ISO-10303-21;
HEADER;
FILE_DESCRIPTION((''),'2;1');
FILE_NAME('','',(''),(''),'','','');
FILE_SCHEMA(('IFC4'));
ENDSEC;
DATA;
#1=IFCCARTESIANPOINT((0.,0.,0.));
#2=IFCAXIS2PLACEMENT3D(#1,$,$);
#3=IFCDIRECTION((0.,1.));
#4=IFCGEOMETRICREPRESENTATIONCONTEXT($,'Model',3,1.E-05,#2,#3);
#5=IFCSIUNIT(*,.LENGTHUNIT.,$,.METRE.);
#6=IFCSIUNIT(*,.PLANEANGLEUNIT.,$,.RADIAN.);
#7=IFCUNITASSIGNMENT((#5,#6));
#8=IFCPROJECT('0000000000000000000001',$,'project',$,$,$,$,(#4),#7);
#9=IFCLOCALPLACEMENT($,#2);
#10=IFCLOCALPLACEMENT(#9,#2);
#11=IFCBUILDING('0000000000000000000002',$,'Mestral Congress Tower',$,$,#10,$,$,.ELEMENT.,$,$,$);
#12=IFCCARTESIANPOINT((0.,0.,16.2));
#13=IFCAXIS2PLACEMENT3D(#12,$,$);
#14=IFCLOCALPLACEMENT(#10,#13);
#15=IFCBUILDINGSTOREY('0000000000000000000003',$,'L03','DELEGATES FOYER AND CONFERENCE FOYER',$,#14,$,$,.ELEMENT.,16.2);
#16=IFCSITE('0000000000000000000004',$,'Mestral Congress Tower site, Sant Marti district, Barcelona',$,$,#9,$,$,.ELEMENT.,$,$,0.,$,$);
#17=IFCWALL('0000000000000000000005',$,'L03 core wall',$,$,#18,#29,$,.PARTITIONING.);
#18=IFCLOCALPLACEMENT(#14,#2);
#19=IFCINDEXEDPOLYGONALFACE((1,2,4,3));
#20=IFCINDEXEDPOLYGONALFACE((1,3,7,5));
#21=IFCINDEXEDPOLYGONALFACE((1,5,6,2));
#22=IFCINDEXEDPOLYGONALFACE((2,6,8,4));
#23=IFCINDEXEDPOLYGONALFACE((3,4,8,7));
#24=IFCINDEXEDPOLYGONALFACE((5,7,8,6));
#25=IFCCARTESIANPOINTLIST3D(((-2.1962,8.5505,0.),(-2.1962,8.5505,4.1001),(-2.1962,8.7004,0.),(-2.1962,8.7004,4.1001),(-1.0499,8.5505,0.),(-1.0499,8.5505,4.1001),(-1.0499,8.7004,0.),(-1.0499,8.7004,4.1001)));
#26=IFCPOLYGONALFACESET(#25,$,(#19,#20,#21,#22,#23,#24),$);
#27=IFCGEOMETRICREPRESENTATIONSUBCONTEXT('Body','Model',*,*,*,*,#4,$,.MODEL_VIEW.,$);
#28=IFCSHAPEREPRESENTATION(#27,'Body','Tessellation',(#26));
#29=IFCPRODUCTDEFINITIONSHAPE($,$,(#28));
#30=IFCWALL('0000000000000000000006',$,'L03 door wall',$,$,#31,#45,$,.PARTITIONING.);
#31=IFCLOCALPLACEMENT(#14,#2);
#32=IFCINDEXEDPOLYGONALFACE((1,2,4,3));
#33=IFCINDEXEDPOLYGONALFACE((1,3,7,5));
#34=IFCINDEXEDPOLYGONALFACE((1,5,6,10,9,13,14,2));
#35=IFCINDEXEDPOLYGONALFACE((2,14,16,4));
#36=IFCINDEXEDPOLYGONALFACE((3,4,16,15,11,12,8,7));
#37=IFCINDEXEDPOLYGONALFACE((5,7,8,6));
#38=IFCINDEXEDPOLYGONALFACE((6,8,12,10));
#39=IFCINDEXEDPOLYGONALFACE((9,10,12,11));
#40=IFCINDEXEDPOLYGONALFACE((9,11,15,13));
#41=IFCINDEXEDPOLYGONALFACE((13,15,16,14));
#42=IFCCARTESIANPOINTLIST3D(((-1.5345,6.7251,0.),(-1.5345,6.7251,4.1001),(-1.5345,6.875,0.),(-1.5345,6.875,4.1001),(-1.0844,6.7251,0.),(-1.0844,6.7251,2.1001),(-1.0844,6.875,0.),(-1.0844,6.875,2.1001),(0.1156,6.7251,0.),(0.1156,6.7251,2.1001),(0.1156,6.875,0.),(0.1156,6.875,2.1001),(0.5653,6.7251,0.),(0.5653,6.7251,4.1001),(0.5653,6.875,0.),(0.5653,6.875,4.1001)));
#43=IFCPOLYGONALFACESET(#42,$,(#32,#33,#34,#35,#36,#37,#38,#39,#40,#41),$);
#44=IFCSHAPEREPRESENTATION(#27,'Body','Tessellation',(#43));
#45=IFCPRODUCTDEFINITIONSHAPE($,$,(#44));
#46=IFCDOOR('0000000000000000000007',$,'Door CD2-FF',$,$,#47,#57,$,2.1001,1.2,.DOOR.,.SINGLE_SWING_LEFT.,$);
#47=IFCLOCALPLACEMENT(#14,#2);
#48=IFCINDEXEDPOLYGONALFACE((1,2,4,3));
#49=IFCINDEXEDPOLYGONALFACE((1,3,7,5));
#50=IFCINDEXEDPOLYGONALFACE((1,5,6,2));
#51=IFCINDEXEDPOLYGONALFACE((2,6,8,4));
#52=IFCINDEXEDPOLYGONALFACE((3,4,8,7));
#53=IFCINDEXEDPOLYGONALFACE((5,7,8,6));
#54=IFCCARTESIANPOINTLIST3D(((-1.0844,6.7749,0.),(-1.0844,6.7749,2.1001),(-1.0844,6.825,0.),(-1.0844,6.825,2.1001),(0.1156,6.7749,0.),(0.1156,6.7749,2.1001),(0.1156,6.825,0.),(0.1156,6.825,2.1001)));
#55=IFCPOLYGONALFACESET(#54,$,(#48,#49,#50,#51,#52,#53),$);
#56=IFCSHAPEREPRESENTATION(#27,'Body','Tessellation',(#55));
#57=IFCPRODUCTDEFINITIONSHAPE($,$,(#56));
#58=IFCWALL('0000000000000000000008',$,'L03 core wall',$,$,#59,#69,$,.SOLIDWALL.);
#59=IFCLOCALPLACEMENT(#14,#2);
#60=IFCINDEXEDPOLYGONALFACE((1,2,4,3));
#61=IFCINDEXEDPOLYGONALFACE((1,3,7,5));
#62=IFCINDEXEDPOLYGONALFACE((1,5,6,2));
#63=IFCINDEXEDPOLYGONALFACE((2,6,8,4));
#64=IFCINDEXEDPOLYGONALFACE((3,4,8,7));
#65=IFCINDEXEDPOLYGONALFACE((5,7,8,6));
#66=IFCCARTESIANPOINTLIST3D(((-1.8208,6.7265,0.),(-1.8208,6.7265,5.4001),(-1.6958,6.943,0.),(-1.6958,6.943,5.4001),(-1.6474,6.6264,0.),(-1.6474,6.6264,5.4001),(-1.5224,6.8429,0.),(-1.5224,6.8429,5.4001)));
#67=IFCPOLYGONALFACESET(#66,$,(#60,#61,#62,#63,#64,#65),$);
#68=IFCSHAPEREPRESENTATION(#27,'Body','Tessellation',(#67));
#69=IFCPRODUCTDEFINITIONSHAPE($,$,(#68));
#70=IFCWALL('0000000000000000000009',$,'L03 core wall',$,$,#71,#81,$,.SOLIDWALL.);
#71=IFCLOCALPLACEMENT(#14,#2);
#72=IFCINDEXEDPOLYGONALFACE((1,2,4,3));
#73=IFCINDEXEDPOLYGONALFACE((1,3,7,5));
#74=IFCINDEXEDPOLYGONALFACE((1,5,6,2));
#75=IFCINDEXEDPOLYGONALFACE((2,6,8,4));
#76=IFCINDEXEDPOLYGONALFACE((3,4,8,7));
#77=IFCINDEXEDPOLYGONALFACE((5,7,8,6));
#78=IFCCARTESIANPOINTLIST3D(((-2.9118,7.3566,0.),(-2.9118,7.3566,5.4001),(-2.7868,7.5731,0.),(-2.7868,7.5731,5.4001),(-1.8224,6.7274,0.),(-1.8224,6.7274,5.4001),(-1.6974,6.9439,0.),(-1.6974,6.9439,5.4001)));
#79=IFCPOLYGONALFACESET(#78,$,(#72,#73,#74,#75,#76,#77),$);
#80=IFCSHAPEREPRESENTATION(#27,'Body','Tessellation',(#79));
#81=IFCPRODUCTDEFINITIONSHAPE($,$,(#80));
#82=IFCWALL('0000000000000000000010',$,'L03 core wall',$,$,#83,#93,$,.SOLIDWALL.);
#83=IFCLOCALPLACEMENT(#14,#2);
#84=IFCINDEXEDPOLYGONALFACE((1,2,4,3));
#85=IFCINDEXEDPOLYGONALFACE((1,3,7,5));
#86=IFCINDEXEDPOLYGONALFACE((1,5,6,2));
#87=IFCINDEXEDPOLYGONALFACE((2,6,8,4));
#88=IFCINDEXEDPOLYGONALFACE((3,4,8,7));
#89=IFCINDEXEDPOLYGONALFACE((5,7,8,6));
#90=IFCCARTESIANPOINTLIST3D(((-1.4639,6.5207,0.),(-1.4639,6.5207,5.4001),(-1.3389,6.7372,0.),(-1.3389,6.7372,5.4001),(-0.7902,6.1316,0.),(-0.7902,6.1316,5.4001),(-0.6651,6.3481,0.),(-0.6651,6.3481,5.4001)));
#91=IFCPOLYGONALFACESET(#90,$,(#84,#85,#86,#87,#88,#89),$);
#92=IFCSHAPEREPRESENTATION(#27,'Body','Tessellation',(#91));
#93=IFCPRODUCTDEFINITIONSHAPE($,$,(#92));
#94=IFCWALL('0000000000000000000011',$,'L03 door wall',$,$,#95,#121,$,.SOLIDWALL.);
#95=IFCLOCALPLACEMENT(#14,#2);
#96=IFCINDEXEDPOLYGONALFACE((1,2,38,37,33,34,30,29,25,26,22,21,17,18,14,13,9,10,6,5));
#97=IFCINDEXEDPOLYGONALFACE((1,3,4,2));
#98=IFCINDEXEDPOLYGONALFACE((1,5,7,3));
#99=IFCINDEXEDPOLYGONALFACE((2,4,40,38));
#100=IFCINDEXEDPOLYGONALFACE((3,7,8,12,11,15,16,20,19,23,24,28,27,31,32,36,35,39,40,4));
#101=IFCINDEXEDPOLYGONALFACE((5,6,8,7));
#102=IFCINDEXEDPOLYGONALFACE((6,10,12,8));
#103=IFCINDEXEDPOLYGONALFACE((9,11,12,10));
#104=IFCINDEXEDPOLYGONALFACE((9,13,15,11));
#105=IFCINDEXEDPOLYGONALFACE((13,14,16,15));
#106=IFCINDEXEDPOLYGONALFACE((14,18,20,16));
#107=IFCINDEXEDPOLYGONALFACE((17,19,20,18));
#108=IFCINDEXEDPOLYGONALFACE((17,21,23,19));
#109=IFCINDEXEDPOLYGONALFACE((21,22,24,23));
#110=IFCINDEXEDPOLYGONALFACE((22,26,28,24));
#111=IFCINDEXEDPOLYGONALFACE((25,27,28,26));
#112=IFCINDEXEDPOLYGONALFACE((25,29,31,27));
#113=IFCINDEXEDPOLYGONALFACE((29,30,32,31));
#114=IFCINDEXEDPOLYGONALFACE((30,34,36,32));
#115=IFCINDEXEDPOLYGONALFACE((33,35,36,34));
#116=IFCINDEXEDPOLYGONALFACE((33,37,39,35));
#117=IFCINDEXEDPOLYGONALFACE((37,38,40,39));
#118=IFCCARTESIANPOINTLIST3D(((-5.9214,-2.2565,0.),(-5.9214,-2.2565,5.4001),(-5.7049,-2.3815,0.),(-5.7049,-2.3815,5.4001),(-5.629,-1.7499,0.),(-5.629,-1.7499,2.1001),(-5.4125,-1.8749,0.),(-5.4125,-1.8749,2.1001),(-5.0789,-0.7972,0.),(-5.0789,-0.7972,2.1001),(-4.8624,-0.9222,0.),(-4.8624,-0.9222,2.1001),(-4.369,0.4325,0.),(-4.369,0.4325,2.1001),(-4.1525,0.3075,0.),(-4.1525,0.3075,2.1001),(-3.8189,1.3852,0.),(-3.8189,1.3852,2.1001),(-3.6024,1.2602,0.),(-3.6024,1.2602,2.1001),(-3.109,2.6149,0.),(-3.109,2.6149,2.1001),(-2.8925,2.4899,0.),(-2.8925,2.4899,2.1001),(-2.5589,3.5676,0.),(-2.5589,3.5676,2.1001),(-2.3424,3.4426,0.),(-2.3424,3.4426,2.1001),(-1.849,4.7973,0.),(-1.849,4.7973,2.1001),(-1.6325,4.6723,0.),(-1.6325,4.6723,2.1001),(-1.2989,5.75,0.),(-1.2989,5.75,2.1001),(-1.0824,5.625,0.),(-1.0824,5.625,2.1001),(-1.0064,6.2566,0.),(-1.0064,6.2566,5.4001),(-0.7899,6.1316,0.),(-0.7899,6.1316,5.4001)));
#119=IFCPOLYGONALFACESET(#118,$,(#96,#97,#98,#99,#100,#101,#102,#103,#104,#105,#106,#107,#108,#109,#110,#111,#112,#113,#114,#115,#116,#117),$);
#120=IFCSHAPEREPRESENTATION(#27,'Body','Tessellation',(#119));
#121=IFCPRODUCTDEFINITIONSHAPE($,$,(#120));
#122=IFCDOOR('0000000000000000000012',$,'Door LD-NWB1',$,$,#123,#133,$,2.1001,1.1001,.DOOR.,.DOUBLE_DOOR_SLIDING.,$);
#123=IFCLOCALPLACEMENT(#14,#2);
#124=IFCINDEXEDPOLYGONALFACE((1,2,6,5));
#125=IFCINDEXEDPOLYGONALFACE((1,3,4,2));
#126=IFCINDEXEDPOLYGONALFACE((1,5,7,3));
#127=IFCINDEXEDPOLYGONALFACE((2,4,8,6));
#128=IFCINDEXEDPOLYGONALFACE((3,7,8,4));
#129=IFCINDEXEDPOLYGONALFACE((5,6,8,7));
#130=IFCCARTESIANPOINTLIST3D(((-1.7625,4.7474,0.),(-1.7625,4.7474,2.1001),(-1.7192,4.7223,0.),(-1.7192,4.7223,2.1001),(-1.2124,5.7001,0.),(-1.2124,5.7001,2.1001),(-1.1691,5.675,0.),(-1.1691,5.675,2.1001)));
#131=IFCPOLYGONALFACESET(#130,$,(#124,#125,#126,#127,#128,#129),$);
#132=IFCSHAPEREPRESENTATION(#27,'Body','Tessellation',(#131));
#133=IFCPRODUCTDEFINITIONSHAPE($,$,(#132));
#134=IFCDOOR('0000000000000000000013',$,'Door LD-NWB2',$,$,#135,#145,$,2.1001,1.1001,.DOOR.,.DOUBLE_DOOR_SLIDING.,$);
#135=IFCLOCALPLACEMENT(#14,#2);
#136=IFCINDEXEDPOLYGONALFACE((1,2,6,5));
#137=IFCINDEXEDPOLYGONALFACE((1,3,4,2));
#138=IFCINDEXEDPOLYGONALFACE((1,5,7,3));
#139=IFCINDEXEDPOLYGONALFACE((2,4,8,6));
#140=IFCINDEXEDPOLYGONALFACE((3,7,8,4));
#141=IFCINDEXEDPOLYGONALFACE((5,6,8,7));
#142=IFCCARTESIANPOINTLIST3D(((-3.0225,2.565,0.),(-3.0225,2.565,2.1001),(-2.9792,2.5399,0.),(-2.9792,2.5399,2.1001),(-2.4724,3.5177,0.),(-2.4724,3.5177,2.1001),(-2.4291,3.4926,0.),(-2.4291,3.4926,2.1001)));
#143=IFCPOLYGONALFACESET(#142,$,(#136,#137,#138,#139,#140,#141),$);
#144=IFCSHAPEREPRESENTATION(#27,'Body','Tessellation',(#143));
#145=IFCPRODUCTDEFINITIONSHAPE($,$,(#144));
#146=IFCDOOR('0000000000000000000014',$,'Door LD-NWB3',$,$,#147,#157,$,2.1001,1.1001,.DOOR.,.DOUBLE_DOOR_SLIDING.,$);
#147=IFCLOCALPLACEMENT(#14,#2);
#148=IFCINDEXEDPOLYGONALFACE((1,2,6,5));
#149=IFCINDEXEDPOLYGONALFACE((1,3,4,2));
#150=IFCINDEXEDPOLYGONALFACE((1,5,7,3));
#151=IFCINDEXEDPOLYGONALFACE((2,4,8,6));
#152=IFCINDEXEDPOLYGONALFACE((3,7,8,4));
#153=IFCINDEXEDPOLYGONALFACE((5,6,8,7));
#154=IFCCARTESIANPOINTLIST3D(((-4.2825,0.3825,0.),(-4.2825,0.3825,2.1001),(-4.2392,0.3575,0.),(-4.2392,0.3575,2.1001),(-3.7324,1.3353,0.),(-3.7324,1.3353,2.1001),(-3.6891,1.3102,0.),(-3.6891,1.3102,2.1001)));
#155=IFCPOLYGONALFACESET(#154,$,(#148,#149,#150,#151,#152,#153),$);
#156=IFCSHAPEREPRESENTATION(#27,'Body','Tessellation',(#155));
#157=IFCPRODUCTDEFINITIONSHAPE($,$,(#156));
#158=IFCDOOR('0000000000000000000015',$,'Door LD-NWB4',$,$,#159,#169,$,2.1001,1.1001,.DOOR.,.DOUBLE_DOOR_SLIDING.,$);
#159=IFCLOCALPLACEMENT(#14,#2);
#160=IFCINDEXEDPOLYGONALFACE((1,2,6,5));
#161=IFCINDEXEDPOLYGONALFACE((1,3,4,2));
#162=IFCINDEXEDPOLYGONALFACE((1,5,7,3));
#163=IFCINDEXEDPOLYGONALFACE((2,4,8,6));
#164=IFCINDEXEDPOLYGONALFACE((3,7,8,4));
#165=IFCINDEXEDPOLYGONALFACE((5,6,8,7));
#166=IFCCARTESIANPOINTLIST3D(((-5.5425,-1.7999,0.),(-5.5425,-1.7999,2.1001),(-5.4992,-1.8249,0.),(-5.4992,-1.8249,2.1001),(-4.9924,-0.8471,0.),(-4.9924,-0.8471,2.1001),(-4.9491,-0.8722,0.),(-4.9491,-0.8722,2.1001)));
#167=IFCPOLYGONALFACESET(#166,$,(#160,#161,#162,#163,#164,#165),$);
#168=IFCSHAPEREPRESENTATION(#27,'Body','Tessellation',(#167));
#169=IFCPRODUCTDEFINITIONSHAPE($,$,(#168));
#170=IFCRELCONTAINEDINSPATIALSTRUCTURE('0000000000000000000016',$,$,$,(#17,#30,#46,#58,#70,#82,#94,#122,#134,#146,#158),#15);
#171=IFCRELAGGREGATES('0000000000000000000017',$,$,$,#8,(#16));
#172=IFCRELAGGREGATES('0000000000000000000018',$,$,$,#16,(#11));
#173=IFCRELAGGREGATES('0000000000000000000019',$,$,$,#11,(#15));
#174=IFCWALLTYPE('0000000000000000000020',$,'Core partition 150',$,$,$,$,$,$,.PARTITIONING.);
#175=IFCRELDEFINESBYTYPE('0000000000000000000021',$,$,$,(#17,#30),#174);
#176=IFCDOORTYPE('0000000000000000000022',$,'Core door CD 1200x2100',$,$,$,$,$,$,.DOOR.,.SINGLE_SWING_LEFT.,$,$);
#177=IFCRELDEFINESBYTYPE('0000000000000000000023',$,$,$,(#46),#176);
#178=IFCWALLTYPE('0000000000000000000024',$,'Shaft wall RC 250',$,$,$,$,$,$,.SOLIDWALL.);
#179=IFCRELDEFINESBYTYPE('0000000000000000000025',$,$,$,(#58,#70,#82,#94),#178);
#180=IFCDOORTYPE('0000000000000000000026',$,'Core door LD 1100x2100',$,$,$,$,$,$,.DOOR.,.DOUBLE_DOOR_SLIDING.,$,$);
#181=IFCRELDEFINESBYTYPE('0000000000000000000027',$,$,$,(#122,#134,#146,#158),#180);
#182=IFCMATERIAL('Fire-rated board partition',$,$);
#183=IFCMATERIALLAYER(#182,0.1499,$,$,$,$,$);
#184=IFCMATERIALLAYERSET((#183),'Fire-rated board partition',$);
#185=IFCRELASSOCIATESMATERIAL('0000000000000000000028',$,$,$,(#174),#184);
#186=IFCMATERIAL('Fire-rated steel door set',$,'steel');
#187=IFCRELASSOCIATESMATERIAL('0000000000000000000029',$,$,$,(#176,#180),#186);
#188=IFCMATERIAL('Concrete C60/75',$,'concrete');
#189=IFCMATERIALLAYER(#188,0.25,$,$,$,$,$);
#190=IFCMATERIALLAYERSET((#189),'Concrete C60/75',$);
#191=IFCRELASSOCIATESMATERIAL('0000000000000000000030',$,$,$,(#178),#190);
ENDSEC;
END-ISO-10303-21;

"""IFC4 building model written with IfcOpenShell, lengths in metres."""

from ifc_helpers import new_model, si_unit, direction, frame, frame_2d, origin, place, context, subcontext, project, spatial, rectangle, extrude, material, layer, layer_set, type_object, element, fill, save


model = new_model("IFC4")

# Units and contexts
model_context = context("Model", 3, precision=1e-05, world=origin(), true_north=direction((0.0, 1.0)))
body_context = subcontext(model_context, "Body", "Model", "MODEL_VIEW")
ifc_project = project(units=[si_unit("LENGTHUNIT", "METRE"), si_unit("PLANEANGLEUNIT", "RADIAN")], contexts=[model_context])

# Site, building, storey
site_placement = place(None, origin())
site = spatial("IfcSite", under=ifc_project, at=site_placement, Name="Mestral Congress Tower site, Sant Marti district, Barcelona", CompositionType="ELEMENT", RefElevation=0.0)
building_placement = place(site_placement, origin())
building = spatial("IfcBuilding", under=site, at=building_placement, Name="Mestral Congress Tower", CompositionType="ELEMENT")
storey_placement = place(building_placement, frame((0.0, 0.0, 16.2)))
storey = spatial("IfcBuildingStorey", under=building, at=storey_placement, Name="L03", Description="DELEGATES FOYER AND CONFERENCE FOYER", CompositionType="ELEMENT", Elevation=16.2)

# Wall
ifc_material_1 = material(Name="Fire-rated board partition")
ifc_layer_1 = layer(ifc_material_1, 0.1499)
ifc_layer_set_1 = layer_set([ifc_layer_1], Name="Fire-rated board partition")
wall_type_1 = type_object("IfcWallType", Name="Core partition 150", PredefinedType="PARTITIONING", material=ifc_layer_set_1)
wall_1_placement = place(storey_placement, frame((-2.1963, 8.6255, 0.0), z_axis=(0.0, 0.0, 1.0), x_axis=(1.0, 0.0, 0.0)))
element("IfcWall", 1, at=wall_1_placement, inside=storey, type_object=wall_type_1, Name="L03 core wall", PredefinedType="PARTITIONING", context=body_context, shape_type="SweptSolid", body=[
    extrude(rectangle(XDim=1.1462, YDim=0.1499, at=frame_2d((0.5732, 0.0))), origin(), (0.0, 0.0, 1.0), 4.1001),
])

# Wall, opening, door
wall_2_placement = place(storey_placement, frame((-1.5344, 6.8, 0.0), z_axis=(0.0, 0.0, 1.0), x_axis=(1.0, 0.0, 0.0)))
wall_2 = element("IfcWall", 2, at=wall_2_placement, inside=storey, type_object=wall_type_1, Name="L03 door wall", PredefinedType="PARTITIONING", context=body_context, shape_type="SweptSolid", body=[
    extrude(rectangle(XDim=2.0999, YDim=0.1499, at=frame_2d((1.0498, 0.0))), origin(), (0.0, 0.0, 1.0), 4.1001),
])
opening_1_placement = place(wall_2_placement, frame((0.45, 0.0, 0.0)))
opening_1 = element("IfcOpeningElement", 3, at=opening_1_placement, cuts=wall_2, PredefinedType="OPENING", context=body_context, shape_type="SweptSolid", body=[
    extrude(rectangle(XDim=1.2, YDim=2.1001, at=frame_2d((0.6001, 1.05))), frame((0.0, 0.085, 0.0), z_axis=(0.0, -1.0, 0.0), x_axis=(1.0, 0.0, 0.0)), (0.0, 0.0, 1.0), 0.1699),
])
ifc_material_2 = material(Name="Fire-rated steel door set", Category="steel")
door_type_1 = type_object("IfcDoorType", Name="Core door CD 1200x2100", OperationType="SINGLE_SWING_LEFT", PredefinedType="DOOR", material=ifc_material_2)
door_1_placement = place(opening_1_placement, origin())
door_1 = element("IfcDoor", 4, at=door_1_placement, inside=storey, type_object=door_type_1, Name="Door CD2-FF", OperationType="SINGLE_SWING_LEFT", OverallHeight=2.1001, OverallWidth=1.2, PredefinedType="DOOR", context=body_context, shape_type="SweptSolid", body=[
    extrude(rectangle(XDim=1.2, YDim=2.1001, at=frame_2d((0.6001, 1.05))), frame((0.0, 0.0249, 0.0), z_axis=(0.0, -1.0, 0.0), x_axis=(1.0, 0.0, 0.0)), (0.0, 0.0, 1.0), 0.05),
])
fill(opening_1, door_1)

# Walls
ifc_material_3 = material(Name="Concrete C60/75", Category="concrete")
ifc_layer_2 = layer(ifc_material_3, 0.25)
ifc_layer_set_2 = layer_set([ifc_layer_2], Name="Concrete C60/75")
wall_type_2 = type_object("IfcWallType", Name="Shaft wall RC 250", PredefinedType="SOLIDWALL", material=ifc_layer_set_2)
wall_3_placement = place(storey_placement, frame((-1.7583, 6.8347, 0.0), z_axis=(0.0, 0.0, 1.0), x_axis=(0.865982, -0.500074, 0.0)))
element("IfcWall", 5, at=wall_3_placement, inside=storey, type_object=wall_type_2, Name="L03 core wall", PredefinedType="SOLIDWALL", context=body_context, shape_type="SweptSolid", body=[
    extrude(rectangle(XDim=0.2002, YDim=0.25, at=frame_2d((0.1001, 0.0))), origin(), (0.0, 0.0, 1.0), 5.4001),
])
wall_4_placement = place(storey_placement, frame((-1.76, 6.8357, 0.0), z_axis=(0.0, 0.0, 1.0), x_axis=(-0.865953, 0.500126, 0.0)))
element("IfcWall", 6, at=wall_4_placement, inside=storey, type_object=wall_type_2, Name="L03 core wall", PredefinedType="SOLIDWALL", context=body_context, shape_type="SweptSolid", body=[
    extrude(rectangle(XDim=1.2581, YDim=0.25, at=frame_2d((0.6289, 0.0))), origin(), (0.0, 0.0, 1.0), 5.4001),
])
wall_5_placement = place(storey_placement, frame((-0.7275, 6.2397, 0.0), z_axis=(0.0, 0.0, 1.0), x_axis=(-0.865956, 0.500121, 0.0)))
element("IfcWall", 7, at=wall_5_placement, inside=storey, type_object=wall_type_2, Name="L03 core wall", PredefinedType="SOLIDWALL", context=body_context, shape_type="SweptSolid", body=[
    extrude(rectangle(XDim=0.7781, YDim=0.25, at=frame_2d((0.3892, 0.0))), origin(), (0.0, 0.0, 1.0), 5.4001),
])

# Wall, openings, doors
wall_6_placement = place(storey_placement, frame((-0.8982, 6.1941, 0.0), z_axis=(0.0, 0.0, 1.0), x_axis=(-0.499996, -0.866028, 0.0)))
wall_6 = element("IfcWall", 8, at=wall_6_placement, inside=storey, type_object=wall_type_2, Name="L03 door wall", PredefinedType="SOLIDWALL", context=body_context, shape_type="SweptSolid", body=[
    extrude(rectangle(XDim=9.8301, YDim=0.25, at=frame_2d((4.915, 0.0))), origin(), (0.0, 0.0, 1.0), 5.4001),
])
opening_2_placement = place(wall_6_placement, frame((0.585, 0.0, 0.0)))
opening_2 = element("IfcOpeningElement", 9, at=opening_2_placement, cuts=wall_6, PredefinedType="OPENING", context=body_context, shape_type="SweptSolid", body=[
    extrude(rectangle(XDim=1.1001, YDim=2.1001, at=frame_2d((0.55, 1.05))), frame((0.0, 0.135, 0.0), z_axis=(0.0, -1.0, 0.0), x_axis=(1.0, 0.0, 0.0)), (0.0, 0.0, 1.0), 0.27),
])
opening_3_placement = place(wall_6_placement, frame((3.105, 0.0, 0.0)))
opening_3 = element("IfcOpeningElement", 10, at=opening_3_placement, cuts=wall_6, PredefinedType="OPENING", context=body_context, shape_type="SweptSolid", body=[
    extrude(rectangle(XDim=1.1001, YDim=2.1001, at=frame_2d((0.55, 1.05))), frame((0.0, 0.135, 0.0), z_axis=(0.0, -1.0, 0.0), x_axis=(1.0, 0.0, 0.0)), (0.0, 0.0, 1.0), 0.27),
])
opening_4_placement = place(wall_6_placement, frame((5.625, 0.0, 0.0)))
opening_4 = element("IfcOpeningElement", 11, at=opening_4_placement, cuts=wall_6, PredefinedType="OPENING", context=body_context, shape_type="SweptSolid", body=[
    extrude(rectangle(XDim=1.1001, YDim=2.1001, at=frame_2d((0.55, 1.05))), frame((0.0, 0.135, 0.0), z_axis=(0.0, -1.0, 0.0), x_axis=(1.0, 0.0, 0.0)), (0.0, 0.0, 1.0), 0.27),
])
opening_5_placement = place(wall_6_placement, frame((8.145, 0.0, 0.0)))
opening_5 = element("IfcOpeningElement", 12, at=opening_5_placement, cuts=wall_6, PredefinedType="OPENING", context=body_context, shape_type="SweptSolid", body=[
    extrude(rectangle(XDim=1.1001, YDim=2.1001, at=frame_2d((0.55, 1.05))), frame((0.0, 0.135, 0.0), z_axis=(0.0, -1.0, 0.0), x_axis=(1.0, 0.0, 0.0)), (0.0, 0.0, 1.0), 0.27),
])
door_type_2 = type_object("IfcDoorType", Name="Core door LD 1100x2100", OperationType="DOUBLE_DOOR_SLIDING", PredefinedType="DOOR", material=ifc_material_2)
door_2_placement = place(opening_2_placement, origin())
door_2 = element("IfcDoor", 13, at=door_2_placement, inside=storey, type_object=door_type_2, Name="Door LD-NWB1", OperationType="DOUBLE_DOOR_SLIDING", OverallHeight=2.1001, OverallWidth=1.1001, PredefinedType="DOOR", context=body_context, shape_type="SweptSolid", body=[
    extrude(rectangle(XDim=1.1001, YDim=2.1001, at=frame_2d((0.55, 1.05))), frame((0.0, 0.0249, 0.0), z_axis=(0.0, -1.0, 0.0), x_axis=(1.0, 0.0, 0.0)), (0.0, 0.0, 1.0), 0.05),
])
fill(opening_2, door_2)
door_3_placement = place(opening_3_placement, origin())
door_3 = element("IfcDoor", 14, at=door_3_placement, inside=storey, type_object=door_type_2, Name="Door LD-NWB2", OperationType="DOUBLE_DOOR_SLIDING", OverallHeight=2.1001, OverallWidth=1.1001, PredefinedType="DOOR", context=body_context, shape_type="SweptSolid", body=[
    extrude(rectangle(XDim=1.1001, YDim=2.1001, at=frame_2d((0.55, 1.05))), frame((0.0, 0.0249, 0.0), z_axis=(0.0, -1.0, 0.0), x_axis=(1.0, 0.0, 0.0)), (0.0, 0.0, 1.0), 0.05),
])
fill(opening_3, door_3)
door_4_placement = place(opening_4_placement, origin())
door_4 = element("IfcDoor", 15, at=door_4_placement, inside=storey, type_object=door_type_2, Name="Door LD-NWB3", OperationType="DOUBLE_DOOR_SLIDING", OverallHeight=2.1001, OverallWidth=1.1001, PredefinedType="DOOR", context=body_context, shape_type="SweptSolid", body=[
    extrude(rectangle(XDim=1.1001, YDim=2.1001, at=frame_2d((0.55, 1.05))), frame((0.0, 0.0249, 0.0), z_axis=(0.0, -1.0, 0.0), x_axis=(1.0, 0.0, 0.0)), (0.0, 0.0, 1.0), 0.05),
])
fill(opening_4, door_4)
door_5_placement = place(opening_5_placement, origin())
door_5 = element("IfcDoor", 16, at=door_5_placement, inside=storey, type_object=door_type_2, Name="Door LD-NWB4", OperationType="DOUBLE_DOOR_SLIDING", OverallHeight=2.1001, OverallWidth=1.1001, PredefinedType="DOOR", context=body_context, shape_type="SweptSolid", body=[
    extrude(rectangle(XDim=1.1001, YDim=2.1001, at=frame_2d((0.55, 1.05))), frame((0.0, 0.0249, 0.0), z_axis=(0.0, -1.0, 0.0), x_axis=(1.0, 0.0, 0.0)), (0.0, 0.0, 1.0), 0.05),
])
fill(opening_5, door_5)

save(model, "model.ifc")
